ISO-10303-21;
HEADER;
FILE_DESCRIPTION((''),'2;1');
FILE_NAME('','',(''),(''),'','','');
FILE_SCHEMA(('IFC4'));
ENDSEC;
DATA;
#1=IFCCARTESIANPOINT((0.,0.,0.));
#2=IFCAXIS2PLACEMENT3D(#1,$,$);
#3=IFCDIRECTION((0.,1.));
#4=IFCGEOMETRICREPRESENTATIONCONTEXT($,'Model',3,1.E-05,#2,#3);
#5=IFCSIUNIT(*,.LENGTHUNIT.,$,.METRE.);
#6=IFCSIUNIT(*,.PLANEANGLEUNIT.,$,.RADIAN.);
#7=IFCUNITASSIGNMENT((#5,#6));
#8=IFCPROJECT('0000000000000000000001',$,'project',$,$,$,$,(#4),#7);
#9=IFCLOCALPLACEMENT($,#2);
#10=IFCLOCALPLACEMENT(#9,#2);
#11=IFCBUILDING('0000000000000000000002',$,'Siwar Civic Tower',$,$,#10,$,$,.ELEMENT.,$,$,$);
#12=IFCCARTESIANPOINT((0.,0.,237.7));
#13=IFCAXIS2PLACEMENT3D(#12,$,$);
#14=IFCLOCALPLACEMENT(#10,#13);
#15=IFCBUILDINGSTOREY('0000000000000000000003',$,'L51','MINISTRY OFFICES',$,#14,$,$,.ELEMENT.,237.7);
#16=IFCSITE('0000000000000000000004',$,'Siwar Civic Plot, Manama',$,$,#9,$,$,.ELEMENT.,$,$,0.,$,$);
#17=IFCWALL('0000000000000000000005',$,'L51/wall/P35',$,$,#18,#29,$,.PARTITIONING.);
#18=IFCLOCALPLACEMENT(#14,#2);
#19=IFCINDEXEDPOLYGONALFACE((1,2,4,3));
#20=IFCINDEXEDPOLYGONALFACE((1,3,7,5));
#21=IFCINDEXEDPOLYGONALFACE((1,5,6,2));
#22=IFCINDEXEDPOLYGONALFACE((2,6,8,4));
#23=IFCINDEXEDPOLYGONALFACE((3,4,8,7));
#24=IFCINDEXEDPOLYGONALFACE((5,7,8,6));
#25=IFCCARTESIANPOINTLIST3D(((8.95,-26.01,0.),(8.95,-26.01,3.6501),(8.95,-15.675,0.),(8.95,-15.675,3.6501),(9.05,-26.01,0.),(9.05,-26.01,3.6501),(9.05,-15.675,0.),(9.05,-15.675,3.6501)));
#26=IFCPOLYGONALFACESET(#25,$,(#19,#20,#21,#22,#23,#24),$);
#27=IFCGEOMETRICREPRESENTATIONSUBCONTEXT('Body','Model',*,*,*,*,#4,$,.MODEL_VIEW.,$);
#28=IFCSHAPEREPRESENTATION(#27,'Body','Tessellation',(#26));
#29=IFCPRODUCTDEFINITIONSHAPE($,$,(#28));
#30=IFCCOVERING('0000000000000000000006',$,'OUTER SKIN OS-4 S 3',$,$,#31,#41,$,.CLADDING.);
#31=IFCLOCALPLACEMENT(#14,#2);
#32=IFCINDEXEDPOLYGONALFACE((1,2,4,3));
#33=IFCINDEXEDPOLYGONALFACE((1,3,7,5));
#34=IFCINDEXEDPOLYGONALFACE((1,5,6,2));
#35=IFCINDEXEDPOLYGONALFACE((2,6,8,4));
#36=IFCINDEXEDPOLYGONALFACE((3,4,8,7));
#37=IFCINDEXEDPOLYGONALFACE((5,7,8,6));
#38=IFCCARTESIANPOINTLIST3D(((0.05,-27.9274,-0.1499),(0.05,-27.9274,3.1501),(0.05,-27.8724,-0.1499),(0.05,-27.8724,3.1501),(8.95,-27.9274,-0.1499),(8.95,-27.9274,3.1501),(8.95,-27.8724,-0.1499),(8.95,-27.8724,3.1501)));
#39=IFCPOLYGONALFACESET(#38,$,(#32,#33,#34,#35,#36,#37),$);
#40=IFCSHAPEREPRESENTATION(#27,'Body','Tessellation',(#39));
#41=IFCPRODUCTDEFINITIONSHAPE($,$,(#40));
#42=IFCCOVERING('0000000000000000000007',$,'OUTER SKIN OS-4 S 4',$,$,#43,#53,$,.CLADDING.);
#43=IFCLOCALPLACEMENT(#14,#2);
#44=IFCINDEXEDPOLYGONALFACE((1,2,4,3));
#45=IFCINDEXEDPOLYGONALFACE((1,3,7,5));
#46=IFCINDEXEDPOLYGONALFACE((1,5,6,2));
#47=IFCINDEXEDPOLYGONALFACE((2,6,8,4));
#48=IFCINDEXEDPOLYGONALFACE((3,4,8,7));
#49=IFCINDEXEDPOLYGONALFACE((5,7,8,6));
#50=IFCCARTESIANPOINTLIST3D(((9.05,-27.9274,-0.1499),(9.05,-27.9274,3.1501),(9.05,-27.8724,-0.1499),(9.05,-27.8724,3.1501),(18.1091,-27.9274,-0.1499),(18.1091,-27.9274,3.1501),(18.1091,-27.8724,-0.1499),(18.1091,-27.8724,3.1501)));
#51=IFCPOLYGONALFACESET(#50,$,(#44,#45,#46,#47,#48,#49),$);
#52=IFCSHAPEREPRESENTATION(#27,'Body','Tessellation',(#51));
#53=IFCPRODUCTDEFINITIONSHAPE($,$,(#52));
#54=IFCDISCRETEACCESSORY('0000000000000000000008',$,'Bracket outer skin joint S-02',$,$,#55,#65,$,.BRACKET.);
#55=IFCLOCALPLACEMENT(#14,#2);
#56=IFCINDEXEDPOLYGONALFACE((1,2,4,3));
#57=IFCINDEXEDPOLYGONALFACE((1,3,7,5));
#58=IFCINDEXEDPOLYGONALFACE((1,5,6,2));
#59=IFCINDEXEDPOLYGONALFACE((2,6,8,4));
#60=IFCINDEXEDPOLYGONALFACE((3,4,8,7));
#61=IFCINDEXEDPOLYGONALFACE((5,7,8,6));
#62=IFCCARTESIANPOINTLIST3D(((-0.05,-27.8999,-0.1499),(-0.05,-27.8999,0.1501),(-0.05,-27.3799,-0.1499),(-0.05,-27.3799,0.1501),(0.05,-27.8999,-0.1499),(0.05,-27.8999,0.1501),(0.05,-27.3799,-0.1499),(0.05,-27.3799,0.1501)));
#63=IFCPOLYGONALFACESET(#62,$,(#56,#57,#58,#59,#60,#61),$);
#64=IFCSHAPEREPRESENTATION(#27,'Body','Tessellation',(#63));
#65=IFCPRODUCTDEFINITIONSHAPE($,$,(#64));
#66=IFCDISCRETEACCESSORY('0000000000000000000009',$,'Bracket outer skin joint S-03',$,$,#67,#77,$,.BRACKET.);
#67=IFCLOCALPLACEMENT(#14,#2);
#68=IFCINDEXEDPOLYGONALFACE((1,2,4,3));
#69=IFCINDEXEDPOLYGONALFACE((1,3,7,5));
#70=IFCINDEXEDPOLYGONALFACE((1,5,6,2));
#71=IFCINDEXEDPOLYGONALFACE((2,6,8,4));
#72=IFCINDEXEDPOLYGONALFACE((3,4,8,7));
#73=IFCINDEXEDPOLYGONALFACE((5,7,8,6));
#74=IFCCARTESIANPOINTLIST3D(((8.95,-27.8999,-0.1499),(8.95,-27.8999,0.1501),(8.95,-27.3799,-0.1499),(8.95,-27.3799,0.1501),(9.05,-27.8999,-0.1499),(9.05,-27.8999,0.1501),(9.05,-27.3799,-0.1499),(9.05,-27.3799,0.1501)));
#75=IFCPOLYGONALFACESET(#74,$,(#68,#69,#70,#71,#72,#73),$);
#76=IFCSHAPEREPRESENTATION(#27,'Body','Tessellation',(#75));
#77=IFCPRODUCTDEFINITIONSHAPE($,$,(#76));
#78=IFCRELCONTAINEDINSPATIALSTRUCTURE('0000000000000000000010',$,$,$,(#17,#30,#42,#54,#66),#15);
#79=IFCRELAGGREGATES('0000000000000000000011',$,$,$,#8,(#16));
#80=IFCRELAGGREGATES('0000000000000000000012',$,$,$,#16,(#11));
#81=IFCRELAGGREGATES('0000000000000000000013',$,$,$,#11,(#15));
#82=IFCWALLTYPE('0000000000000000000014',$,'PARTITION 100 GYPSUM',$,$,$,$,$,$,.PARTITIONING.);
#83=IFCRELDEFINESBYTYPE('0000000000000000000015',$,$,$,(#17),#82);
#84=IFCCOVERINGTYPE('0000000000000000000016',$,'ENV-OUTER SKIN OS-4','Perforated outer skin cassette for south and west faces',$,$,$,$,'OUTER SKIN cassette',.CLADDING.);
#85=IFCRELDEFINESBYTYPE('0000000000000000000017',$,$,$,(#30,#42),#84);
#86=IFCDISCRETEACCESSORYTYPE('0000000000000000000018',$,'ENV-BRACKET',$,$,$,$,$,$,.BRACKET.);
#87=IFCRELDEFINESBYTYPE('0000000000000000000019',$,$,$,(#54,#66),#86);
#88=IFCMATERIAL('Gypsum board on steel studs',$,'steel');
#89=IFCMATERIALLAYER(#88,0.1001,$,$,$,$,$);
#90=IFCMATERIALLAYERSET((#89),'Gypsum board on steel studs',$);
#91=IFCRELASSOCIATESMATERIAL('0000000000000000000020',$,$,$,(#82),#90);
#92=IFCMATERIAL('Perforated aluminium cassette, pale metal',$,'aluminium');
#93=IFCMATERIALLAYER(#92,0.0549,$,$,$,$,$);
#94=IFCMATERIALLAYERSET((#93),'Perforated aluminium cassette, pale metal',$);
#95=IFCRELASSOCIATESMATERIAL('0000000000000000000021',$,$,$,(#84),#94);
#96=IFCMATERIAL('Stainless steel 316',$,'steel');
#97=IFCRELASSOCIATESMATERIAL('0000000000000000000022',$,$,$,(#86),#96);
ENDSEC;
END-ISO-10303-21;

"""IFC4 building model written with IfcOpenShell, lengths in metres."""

from ifc_helpers import new_model, si_unit, direction, frame, frame_2d, origin, origin_2d, place, context, subcontext, project, spatial, rectangle, extrude, material, layer, layer_set, type_object, element, save


model = new_model("IFC4")

# Units and contexts
model_context = context("Model", 3, precision=1e-05, world=origin(), true_north=direction((0.0, 1.0)))
body_context = subcontext(model_context, "Body", "Model", "MODEL_VIEW")
ifc_project = project(units=[si_unit("LENGTHUNIT", "METRE"), si_unit("PLANEANGLEUNIT", "RADIAN")], contexts=[model_context])

# Site, building, storey
site_placement = place(None, origin())
site = spatial("IfcSite", under=ifc_project, at=site_placement, Name="Siwar Civic Plot, Manama", CompositionType="ELEMENT", RefElevation=0.0)
building_placement = place(site_placement, origin())
building = spatial("IfcBuilding", under=site, at=building_placement, Name="Siwar Civic Tower", CompositionType="ELEMENT")
storey_placement = place(building_placement, frame((0.0, 0.0, 237.7)))
storey = spatial("IfcBuildingStorey", under=building, at=storey_placement, Name="L51", Description="MINISTRY OFFICES", CompositionType="ELEMENT", Elevation=237.7)

# Wall
ifc_material_1 = material(Name="Gypsum board on steel studs", Category="steel")
ifc_layer_1 = layer(ifc_material_1, 0.1001)
ifc_layer_set_1 = layer_set([ifc_layer_1], Name="Gypsum board on steel studs")
wall_type = type_object("IfcWallType", Name="PARTITION 100 GYPSUM", PredefinedType="PARTITIONING", material=ifc_layer_set_1)
wall_1_placement = place(storey_placement, frame((9.0, -26.01, 0.0), z_axis=(0.0, 0.0, 1.0), x_axis=(0.0, 1.0, 0.0)))
element("IfcWall", 1, at=wall_1_placement, inside=storey, type_object=wall_type, Name="L51/wall/P35", PredefinedType="PARTITIONING", context=body_context, shape_type="SweptSolid", body=[
    extrude(rectangle(XDim=10.335, YDim=0.1001, at=frame_2d((5.1675, 0.0))), origin(), (0.0, 0.0, 1.0), 3.6501),
])

# Coverings
ifc_material_2 = material(Name="Perforated aluminium cassette, pale metal", Category="aluminium")
ifc_layer_2 = layer(ifc_material_2, 0.0549)
ifc_layer_set_2 = layer_set([ifc_layer_2], Name="Perforated aluminium cassette, pale metal")
covering_type = type_object("IfcCoveringType", Name="ENV-OUTER SKIN OS-4", Description="Perforated outer skin cassette for south and west faces", ElementType="OUTER SKIN cassette", PredefinedType="CLADDING", material=ifc_layer_set_2)
covering_1_placement = place(storey_placement, frame((4.5, -27.8999, -0.1499), z_axis=(0.0, 0.0, 1.0), x_axis=(1.0, 0.0, 0.0)))
element("IfcCovering", 2, at=covering_1_placement, inside=storey, type_object=covering_type, Name="OUTER SKIN OS-4 S 3", PredefinedType="CLADDING", context=body_context, shape_type="SweptSolid", body=[
    extrude(rectangle(XDim=8.8999, YDim=0.0549, at=origin_2d()), origin(), (0.0, 0.0, 1.0), 3.3),
])
covering_2_placement = place(storey_placement, frame((13.5796, -27.8999, -0.1499), z_axis=(0.0, 0.0, 1.0), x_axis=(1.0, 0.0, 0.0)))
element("IfcCovering", 3, at=covering_2_placement, inside=storey, type_object=covering_type, Name="OUTER SKIN OS-4 S 4", PredefinedType="CLADDING", context=body_context, shape_type="SweptSolid", body=[
    extrude(rectangle(XDim=9.0591, YDim=0.0549, at=origin_2d()), origin(), (0.0, 0.0, 1.0), 3.3),
])

# Discrete accessories
ifc_material_3 = material(Name="Stainless steel 316", Category="steel")
discrete_accessory_type = type_object("IfcDiscreteAccessoryType", Name="ENV-BRACKET", PredefinedType="BRACKET", material=ifc_material_3)
for number, where, z_axis, x_axis, name in (
    (4, (0.0, -27.6399, -0.1499), (0.0, 0.0, 1.0), (0.0, -1.0, 0.0), "Bracket outer skin joint S-02"),
    (5, (9.0, -27.6399, -0.1499), (0.0, 0.0, 1.0), (0.0, -1.0, 0.0), "Bracket outer skin joint S-03"),
):
    element("IfcDiscreteAccessory", number, at=place(storey_placement, frame(where, z_axis=z_axis, x_axis=x_axis)), inside=storey, type_object=discrete_accessory_type, Name=name, PredefinedType="BRACKET", context=body_context, shape_type="SweptSolid", body=[
        extrude(rectangle(XDim=0.52, YDim=0.1001, at=origin_2d()), origin(), (0.0, 0.0, 1.0), 0.3),
    ])

save(model, "model.ifc")
